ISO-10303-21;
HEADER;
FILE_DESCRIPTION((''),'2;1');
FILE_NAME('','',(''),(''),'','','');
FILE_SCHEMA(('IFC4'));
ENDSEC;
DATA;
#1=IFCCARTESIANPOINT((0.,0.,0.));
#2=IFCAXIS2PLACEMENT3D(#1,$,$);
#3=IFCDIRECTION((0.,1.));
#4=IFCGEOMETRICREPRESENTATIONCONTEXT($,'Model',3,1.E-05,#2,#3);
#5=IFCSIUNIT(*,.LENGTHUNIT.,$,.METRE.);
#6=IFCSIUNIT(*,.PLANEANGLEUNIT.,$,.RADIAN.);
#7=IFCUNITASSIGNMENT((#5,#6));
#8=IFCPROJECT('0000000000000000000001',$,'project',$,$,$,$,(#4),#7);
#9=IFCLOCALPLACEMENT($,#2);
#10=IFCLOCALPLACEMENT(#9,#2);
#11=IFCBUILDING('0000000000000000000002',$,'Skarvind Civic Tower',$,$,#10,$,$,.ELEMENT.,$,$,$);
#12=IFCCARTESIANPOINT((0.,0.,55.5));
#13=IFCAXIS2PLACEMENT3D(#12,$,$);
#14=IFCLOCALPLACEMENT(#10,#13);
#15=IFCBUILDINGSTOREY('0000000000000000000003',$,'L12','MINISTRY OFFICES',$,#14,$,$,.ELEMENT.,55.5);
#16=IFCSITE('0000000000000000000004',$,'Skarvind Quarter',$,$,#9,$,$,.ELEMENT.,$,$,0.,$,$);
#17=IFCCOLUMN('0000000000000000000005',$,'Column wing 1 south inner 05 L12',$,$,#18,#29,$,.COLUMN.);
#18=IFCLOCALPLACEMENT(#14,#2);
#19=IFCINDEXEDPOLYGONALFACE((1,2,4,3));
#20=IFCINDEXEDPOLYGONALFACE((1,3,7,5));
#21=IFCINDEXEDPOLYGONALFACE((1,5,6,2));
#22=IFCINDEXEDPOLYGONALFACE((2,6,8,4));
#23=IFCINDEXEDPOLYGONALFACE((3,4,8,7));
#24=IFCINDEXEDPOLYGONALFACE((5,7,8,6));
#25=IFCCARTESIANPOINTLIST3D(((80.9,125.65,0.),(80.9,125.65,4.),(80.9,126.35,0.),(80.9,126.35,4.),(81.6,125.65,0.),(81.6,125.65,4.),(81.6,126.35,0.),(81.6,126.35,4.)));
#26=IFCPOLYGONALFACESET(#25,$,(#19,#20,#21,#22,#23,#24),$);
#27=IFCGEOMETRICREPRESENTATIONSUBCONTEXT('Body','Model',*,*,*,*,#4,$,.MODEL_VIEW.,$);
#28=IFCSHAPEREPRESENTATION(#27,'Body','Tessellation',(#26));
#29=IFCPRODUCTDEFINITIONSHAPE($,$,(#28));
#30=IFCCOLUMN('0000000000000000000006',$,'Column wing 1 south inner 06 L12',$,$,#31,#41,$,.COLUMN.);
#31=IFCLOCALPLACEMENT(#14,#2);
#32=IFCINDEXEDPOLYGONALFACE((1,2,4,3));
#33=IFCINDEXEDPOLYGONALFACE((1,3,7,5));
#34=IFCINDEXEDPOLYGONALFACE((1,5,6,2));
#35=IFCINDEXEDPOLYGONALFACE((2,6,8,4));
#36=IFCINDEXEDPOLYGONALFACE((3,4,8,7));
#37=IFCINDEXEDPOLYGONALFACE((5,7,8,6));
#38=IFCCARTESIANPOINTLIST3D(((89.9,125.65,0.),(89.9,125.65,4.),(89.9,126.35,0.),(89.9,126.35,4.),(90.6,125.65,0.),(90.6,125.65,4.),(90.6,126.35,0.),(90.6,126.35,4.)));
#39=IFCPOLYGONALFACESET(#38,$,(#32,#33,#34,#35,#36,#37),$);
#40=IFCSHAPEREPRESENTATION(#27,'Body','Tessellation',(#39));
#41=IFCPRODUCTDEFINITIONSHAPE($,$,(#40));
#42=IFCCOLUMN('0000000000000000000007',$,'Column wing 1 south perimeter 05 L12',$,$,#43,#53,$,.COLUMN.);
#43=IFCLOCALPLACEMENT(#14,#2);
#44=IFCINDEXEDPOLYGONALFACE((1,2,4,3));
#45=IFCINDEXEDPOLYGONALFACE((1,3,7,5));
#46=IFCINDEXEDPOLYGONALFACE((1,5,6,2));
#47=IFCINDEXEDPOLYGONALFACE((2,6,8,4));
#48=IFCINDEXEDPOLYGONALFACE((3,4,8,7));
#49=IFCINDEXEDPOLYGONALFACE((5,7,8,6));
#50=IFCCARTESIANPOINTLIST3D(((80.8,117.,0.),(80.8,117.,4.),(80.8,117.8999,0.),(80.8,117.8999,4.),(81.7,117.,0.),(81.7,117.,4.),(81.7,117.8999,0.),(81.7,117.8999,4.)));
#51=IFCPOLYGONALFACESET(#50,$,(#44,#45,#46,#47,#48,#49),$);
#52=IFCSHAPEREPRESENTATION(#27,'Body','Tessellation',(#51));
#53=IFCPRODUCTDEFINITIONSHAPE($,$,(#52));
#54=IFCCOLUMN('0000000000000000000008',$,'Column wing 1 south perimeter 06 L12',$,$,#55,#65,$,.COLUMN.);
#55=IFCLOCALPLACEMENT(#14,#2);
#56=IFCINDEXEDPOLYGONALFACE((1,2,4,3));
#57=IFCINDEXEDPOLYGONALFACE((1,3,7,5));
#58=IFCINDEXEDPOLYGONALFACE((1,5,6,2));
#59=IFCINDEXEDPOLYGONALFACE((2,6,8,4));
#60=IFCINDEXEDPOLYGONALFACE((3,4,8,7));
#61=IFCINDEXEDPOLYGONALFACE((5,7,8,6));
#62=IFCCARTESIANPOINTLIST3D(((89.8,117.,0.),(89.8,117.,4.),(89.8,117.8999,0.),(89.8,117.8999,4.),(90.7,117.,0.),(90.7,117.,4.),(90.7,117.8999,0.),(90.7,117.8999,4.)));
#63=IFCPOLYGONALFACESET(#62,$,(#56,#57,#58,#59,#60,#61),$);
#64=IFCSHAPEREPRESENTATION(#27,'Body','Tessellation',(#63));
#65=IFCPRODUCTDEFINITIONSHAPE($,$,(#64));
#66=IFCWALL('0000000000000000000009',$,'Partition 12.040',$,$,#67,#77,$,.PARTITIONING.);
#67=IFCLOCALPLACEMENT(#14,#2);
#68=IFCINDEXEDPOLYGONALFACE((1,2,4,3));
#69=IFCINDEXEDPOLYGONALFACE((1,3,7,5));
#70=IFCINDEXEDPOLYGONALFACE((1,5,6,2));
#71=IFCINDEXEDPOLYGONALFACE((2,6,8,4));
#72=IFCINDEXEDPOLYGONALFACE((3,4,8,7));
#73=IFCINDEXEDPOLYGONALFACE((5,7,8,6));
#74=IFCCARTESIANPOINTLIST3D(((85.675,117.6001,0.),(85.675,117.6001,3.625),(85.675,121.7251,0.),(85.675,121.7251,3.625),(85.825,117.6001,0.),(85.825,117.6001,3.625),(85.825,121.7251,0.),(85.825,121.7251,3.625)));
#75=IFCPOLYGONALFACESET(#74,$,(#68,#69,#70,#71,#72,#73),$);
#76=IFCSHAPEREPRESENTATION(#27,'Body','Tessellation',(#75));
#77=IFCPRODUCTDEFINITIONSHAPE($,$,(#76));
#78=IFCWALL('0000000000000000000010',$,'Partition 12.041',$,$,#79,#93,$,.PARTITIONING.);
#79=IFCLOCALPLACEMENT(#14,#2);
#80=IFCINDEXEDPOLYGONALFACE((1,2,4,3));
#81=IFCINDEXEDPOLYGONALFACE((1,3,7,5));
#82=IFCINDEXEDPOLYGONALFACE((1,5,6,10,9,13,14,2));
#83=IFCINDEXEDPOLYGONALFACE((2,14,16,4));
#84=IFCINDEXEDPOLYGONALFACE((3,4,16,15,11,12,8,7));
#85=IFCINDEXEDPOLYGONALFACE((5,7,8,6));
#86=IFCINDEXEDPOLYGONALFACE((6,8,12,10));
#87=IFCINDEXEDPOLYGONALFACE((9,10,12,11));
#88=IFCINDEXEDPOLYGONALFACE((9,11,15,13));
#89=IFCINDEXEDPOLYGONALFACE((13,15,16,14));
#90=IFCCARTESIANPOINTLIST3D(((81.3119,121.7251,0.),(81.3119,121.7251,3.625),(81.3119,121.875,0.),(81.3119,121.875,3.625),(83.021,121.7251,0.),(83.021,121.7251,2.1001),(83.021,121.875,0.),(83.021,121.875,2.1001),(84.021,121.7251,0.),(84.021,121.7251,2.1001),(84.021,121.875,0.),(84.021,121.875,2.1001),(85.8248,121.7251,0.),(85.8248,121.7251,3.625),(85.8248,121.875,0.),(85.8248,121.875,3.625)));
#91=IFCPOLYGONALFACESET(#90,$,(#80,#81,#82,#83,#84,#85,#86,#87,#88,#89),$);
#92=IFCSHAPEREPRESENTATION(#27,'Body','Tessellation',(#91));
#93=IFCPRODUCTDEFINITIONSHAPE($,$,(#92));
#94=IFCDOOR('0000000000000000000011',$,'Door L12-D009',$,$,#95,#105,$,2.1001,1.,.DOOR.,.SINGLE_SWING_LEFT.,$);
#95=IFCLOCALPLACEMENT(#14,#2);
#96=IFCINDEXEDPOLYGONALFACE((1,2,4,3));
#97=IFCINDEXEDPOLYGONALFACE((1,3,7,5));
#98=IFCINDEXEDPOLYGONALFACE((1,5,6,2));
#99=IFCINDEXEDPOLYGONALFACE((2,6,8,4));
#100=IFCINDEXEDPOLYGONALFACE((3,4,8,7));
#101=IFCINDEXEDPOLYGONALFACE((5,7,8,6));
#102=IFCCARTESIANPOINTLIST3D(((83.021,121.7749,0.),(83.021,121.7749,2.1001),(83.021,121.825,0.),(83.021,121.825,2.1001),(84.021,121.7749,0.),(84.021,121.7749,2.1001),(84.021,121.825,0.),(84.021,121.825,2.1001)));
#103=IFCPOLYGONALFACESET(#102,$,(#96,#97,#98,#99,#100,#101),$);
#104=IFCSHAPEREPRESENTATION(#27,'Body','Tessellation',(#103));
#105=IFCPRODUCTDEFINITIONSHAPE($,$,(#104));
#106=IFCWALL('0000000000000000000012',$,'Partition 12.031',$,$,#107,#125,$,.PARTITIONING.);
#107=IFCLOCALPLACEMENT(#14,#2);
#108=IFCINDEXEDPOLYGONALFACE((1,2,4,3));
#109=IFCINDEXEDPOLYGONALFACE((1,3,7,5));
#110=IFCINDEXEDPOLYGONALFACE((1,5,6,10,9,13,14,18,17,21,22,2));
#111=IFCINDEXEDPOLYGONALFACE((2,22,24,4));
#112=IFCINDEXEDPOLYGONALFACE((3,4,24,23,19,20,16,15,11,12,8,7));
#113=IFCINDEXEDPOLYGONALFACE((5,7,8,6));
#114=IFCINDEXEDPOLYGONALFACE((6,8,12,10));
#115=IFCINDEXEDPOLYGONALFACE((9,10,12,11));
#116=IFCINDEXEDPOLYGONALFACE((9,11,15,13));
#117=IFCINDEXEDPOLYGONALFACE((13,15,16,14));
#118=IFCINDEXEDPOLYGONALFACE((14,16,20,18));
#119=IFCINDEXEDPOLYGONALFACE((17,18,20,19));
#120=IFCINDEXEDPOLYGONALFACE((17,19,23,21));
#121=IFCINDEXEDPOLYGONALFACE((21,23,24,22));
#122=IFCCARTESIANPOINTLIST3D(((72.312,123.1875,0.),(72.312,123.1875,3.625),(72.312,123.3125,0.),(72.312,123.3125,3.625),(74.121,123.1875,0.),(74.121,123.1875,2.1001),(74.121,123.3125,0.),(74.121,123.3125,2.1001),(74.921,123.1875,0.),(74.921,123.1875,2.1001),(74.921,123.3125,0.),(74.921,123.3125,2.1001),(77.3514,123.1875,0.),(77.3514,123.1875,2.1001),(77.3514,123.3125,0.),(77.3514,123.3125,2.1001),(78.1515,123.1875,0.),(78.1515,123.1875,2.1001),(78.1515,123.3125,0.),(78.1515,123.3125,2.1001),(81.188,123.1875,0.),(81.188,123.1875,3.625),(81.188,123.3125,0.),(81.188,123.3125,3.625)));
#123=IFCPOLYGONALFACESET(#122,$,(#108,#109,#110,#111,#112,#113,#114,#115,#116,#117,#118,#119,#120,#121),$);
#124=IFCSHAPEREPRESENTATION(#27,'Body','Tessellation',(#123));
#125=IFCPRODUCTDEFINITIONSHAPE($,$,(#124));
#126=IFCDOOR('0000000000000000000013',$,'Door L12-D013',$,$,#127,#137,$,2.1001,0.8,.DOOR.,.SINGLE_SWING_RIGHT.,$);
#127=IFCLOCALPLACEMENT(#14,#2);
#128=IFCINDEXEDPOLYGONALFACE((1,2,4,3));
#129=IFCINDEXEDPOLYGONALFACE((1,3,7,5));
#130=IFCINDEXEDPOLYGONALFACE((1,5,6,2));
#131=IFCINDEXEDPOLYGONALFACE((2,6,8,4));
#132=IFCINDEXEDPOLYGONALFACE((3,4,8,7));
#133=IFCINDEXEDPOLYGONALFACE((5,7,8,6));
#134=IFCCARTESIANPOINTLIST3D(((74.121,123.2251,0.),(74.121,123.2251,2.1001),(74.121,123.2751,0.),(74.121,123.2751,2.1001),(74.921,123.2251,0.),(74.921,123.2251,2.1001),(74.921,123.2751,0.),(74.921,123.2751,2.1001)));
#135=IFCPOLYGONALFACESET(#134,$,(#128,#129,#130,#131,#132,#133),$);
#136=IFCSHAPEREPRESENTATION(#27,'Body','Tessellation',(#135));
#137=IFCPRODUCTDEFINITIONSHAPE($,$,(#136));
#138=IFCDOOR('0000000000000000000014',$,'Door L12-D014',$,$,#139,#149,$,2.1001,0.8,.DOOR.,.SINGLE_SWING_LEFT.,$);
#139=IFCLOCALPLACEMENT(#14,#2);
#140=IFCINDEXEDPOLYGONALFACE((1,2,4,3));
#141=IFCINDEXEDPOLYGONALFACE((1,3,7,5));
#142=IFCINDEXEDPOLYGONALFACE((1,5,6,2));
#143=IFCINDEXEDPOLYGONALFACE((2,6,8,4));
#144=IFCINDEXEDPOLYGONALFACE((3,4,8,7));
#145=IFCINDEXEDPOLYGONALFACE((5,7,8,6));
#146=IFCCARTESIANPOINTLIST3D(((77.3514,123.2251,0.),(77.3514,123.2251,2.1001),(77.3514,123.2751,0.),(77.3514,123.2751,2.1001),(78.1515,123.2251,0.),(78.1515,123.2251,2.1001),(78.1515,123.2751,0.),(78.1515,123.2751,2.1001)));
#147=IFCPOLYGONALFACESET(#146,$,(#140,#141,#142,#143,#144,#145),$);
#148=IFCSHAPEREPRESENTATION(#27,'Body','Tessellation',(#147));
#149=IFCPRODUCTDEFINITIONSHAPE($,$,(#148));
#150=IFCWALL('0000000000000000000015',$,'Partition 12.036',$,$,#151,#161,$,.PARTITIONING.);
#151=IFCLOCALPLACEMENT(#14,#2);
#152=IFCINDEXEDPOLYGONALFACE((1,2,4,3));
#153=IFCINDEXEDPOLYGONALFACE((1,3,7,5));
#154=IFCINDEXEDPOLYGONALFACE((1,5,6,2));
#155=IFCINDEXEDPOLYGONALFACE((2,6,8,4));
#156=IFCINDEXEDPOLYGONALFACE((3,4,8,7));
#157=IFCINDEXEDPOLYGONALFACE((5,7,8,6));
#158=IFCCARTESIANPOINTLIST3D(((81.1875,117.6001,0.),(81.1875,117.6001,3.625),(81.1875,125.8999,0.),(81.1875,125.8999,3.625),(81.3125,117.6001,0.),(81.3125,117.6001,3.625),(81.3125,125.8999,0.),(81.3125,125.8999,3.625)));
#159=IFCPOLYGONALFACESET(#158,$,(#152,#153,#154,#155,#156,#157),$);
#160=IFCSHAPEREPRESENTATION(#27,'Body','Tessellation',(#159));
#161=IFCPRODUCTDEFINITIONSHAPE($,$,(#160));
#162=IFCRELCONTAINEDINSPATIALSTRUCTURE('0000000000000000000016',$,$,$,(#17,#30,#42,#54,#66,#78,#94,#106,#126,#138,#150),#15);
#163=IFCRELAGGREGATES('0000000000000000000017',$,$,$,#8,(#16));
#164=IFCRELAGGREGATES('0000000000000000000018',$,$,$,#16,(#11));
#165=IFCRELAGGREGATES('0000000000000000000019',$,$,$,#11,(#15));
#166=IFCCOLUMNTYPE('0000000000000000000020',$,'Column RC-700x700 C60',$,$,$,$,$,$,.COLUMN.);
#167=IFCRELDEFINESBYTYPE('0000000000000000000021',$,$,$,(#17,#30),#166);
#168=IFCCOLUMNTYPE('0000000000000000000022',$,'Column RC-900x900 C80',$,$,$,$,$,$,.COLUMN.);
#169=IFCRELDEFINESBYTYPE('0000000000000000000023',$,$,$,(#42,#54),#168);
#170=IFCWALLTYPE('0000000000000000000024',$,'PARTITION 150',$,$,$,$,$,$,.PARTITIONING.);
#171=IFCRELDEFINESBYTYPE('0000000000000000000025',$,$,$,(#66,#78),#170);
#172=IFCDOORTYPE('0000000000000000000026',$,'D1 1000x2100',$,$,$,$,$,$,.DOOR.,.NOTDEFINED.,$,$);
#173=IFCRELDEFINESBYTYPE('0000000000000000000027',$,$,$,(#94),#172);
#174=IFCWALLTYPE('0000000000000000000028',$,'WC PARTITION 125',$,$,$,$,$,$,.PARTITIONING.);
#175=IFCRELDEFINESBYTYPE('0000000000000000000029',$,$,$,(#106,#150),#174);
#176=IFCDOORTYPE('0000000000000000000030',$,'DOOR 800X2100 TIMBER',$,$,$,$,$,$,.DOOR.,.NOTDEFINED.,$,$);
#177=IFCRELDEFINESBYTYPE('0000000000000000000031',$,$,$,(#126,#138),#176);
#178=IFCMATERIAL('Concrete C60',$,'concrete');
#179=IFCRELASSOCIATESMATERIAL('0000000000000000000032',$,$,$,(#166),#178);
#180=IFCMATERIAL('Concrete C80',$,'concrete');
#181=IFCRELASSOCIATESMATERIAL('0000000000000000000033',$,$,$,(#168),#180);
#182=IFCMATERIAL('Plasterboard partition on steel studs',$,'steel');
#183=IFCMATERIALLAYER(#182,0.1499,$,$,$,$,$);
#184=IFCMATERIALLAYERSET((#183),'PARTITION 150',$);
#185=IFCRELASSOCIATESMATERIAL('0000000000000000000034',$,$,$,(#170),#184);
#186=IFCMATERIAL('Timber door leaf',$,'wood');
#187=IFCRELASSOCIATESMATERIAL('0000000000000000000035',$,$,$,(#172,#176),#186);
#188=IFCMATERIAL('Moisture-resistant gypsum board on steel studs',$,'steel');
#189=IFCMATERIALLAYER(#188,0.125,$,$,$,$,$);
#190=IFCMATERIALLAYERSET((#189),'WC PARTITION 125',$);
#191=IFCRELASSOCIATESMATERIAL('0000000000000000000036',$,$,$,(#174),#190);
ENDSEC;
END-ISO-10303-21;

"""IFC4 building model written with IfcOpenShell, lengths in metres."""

from ifc_helpers import new_model, si_unit, direction, frame, frame_2d, origin, origin_2d, place, context, subcontext, project, spatial, rectangle, extrude, material, layer, layer_set, material_profile, profile_set, type_object, element, fill, save


model = new_model("IFC4")

# Units and contexts
model_context = context("Model", 3, precision=1e-05, world=origin(), true_north=direction((0.0, 1.0)))
body_context = subcontext(model_context, "Body", "Model", "MODEL_VIEW")
ifc_project = project(units=[si_unit("LENGTHUNIT", "METRE"), si_unit("PLANEANGLEUNIT", "RADIAN")], contexts=[model_context])

# Site, building, storey
site_placement = place(None, origin())
site = spatial("IfcSite", under=ifc_project, at=site_placement, Name="Skarvind Quarter", CompositionType="ELEMENT", RefElevation=0.0)
building_placement = place(site_placement, origin())
building = spatial("IfcBuilding", under=site, at=building_placement, Name="Skarvind Civic Tower", CompositionType="ELEMENT")
storey_placement = place(building_placement, frame((0.0, 0.0, 55.5)))
storey = spatial("IfcBuildingStorey", under=building, at=storey_placement, Name="L12", Description="MINISTRY OFFICES", CompositionType="ELEMENT", Elevation=55.5)

# Columns
ifc_material_1 = material(Name="Concrete C60", Category="concrete")
ifc_material_profile_1 = material_profile(ifc_material_1, rectangle(XDim=0.7, YDim=0.7, at=origin_2d()), Name="RC-700x700")
ifc_profile_set_1 = profile_set([ifc_material_profile_1], Name="Concrete C60")
column_type_1 = type_object("IfcColumnType", Name="Column RC-700x700 C60", PredefinedType="COLUMN", material=ifc_profile_set_1)
for number, where, z_axis, x_axis, name in (
    (1, (81.25, 126.0, 0.0), (0.0, 0.0, 1.0), (1.0, 0.0, 0.0), "Column wing 1 south inner 05 L12"),
    (2, (90.25, 126.0, 0.0), (0.0, 0.0, 1.0), (1.0, 0.0, 0.0), "Column wing 1 south inner 06 L12"),
):
    element("IfcColumn", number, at=place(storey_placement, frame(where, z_axis=z_axis, x_axis=x_axis)), inside=storey, type_object=column_type_1, Name=name, PredefinedType="COLUMN", context=body_context, shape_type="SweptSolid", body=[
        extrude(rectangle(XDim=0.7, YDim=0.7, at=origin_2d()), origin(), (0.0, 0.0, 1.0), 4.0),
    ])
ifc_material_2 = material(Name="Concrete C80", Category="concrete")
ifc_material_profile_2 = material_profile(ifc_material_2, rectangle(XDim=0.8999, YDim=0.8999, at=origin_2d()), Name="RC-900x900")
ifc_profile_set_2 = profile_set([ifc_material_profile_2], Name="Concrete C80")
column_type_2 = type_object("IfcColumnType", Name="Column RC-900x900 C80", PredefinedType="COLUMN", material=ifc_profile_set_2)
for number, where, z_axis, x_axis, name in (
    (3, (81.25, 117.45, 0.0), (0.0, 0.0, 1.0), (1.0, 0.0, 0.0), "Column wing 1 south perimeter 05 L12"),
    (4, (90.25, 117.45, 0.0), (0.0, 0.0, 1.0), (1.0, 0.0, 0.0), "Column wing 1 south perimeter 06 L12"),
):
    element("IfcColumn", number, at=place(storey_placement, frame(where, z_axis=z_axis, x_axis=x_axis)), inside=storey, type_object=column_type_2, Name=name, PredefinedType="COLUMN", context=body_context, shape_type="SweptSolid", body=[
        extrude(rectangle(XDim=0.8999, YDim=0.8999, at=origin_2d()), origin(), (0.0, 0.0, 1.0), 4.0),
    ])

# Wall
ifc_material_3 = material(Name="Plasterboard partition on steel studs", Category="steel")
ifc_layer_1 = layer(ifc_material_3, 0.1499)
ifc_layer_set_1 = layer_set([ifc_layer_1], Name="PARTITION 150")
wall_type_1 = type_object("IfcWallType", Name="PARTITION 150", PredefinedType="PARTITIONING", material=ifc_layer_set_1)
wall_1_placement = place(storey_placement, frame((85.75, 117.6001, 0.0), z_axis=(0.0, 0.0, 1.0), x_axis=(0.0, 1.0, 0.0)))
element("IfcWall", 5, at=wall_1_placement, inside=storey, type_object=wall_type_1, Name="Partition 12.040", PredefinedType="PARTITIONING", context=body_context, shape_type="SweptSolid", body=[
    extrude(rectangle(XDim=4.125, YDim=0.1499, at=frame_2d((2.0625, 0.0))), origin(), (0.0, 0.0, 1.0), 3.625),
])

# Wall, opening, door
wall_2_placement = place(storey_placement, frame((81.312, 121.8, 0.0), z_axis=(0.0, 0.0, 1.0), x_axis=(1.0, 0.0, 0.0)))
wall_2 = element("IfcWall", 6, at=wall_2_placement, inside=storey, type_object=wall_type_1, Name="Partition 12.041", PredefinedType="PARTITIONING", context=body_context, shape_type="SweptSolid", body=[
    extrude(rectangle(XDim=4.5129, YDim=0.1499, at=frame_2d((2.2563, 0.0))), origin(), (0.0, 0.0, 1.0), 3.625),
])
opening_1_placement = place(wall_2_placement, frame((1.709, 0.0, 0.0)))
opening_1 = element("IfcOpeningElement", 7, at=opening_1_placement, cuts=wall_2, PredefinedType="OPENING", context=body_context, shape_type="SweptSolid", body=[
    extrude(rectangle(XDim=1.0, YDim=2.1001, at=frame_2d((0.5, 1.05))), frame((0.0, 0.085, 0.0), z_axis=(0.0, -1.0, 0.0), x_axis=(1.0, 0.0, 0.0)), (0.0, 0.0, 1.0), 0.1699),
])
ifc_material_4 = material(Name="Timber door leaf", Category="wood")
door_type_1 = type_object("IfcDoorType", Name="D1 1000x2100", OperationType="NOTDEFINED", PredefinedType="DOOR", material=ifc_material_4)
door_1_placement = place(opening_1_placement, origin())
door_1 = element("IfcDoor", 8, at=door_1_placement, inside=storey, type_object=door_type_1, Name="Door L12-D009", OperationType="SINGLE_SWING_LEFT", OverallHeight=2.1001, OverallWidth=1.0, PredefinedType="DOOR", context=body_context, shape_type="SweptSolid", body=[
    extrude(rectangle(XDim=1.0, YDim=2.1001, at=frame_2d((0.5, 1.05))), frame((0.0, 0.0249, 0.0), z_axis=(0.0, -1.0, 0.0), x_axis=(1.0, 0.0, 0.0)), (0.0, 0.0, 1.0), 0.05),
])
fill(opening_1, door_1)

# Wall, openings, doors
ifc_material_5 = material(Name="Moisture-resistant gypsum board on steel studs", Category="steel")
ifc_layer_2 = layer(ifc_material_5, 0.125)
ifc_layer_set_2 = layer_set([ifc_layer_2], Name="WC PARTITION 125")
wall_type_2 = type_object("IfcWallType", Name="WC PARTITION 125", PredefinedType="PARTITIONING", material=ifc_layer_set_2)
wall_3_placement = place(storey_placement, frame((81.188, 123.25, 0.0), z_axis=(0.0, 0.0, 1.0), x_axis=(-1.0, 0.0, 0.0)))
wall_3 = element("IfcWall", 9, at=wall_3_placement, inside=storey, type_object=wall_type_2, Name="Partition 12.031", PredefinedType="PARTITIONING", context=body_context, shape_type="SweptSolid", body=[
    extrude(rectangle(XDim=8.876, YDim=0.125, at=frame_2d((4.438, 0.0))), origin(), (0.0, 0.0, 1.0), 3.625),
])
opening_2_placement = place(wall_3_placement, frame((6.2671, 0.0, 0.0)))
opening_2 = element("IfcOpeningElement", 10, at=opening_2_placement, cuts=wall_3, PredefinedType="OPENING", context=body_context, shape_type="SweptSolid", body=[
    extrude(rectangle(XDim=0.8, YDim=2.1001, at=frame_2d((0.3999, 1.05))), frame((0.0, 0.0725, 0.0), z_axis=(0.0, -1.0, 0.0), x_axis=(1.0, 0.0, 0.0)), (0.0, 0.0, 1.0), 0.145),
])
opening_3_placement = place(wall_3_placement, frame((3.0366, 0.0, 0.0)))
opening_3 = element("IfcOpeningElement", 11, at=opening_3_placement, cuts=wall_3, PredefinedType="OPENING", context=body_context, shape_type="SweptSolid", body=[
    extrude(rectangle(XDim=0.8, YDim=2.1001, at=frame_2d((0.3999, 1.05))), frame((0.0, 0.0725, 0.0), z_axis=(0.0, -1.0, 0.0), x_axis=(1.0, 0.0, 0.0)), (0.0, 0.0, 1.0), 0.145),
])
door_type_2 = type_object("IfcDoorType", Name="DOOR 800X2100 TIMBER", OperationType="NOTDEFINED", PredefinedType="DOOR", material=ifc_material_4)
door_2_placement = place(opening_2_placement, origin())
door_2 = element("IfcDoor", 12, at=door_2_placement, inside=storey, type_object=door_type_2, Name="Door L12-D013", OperationType="SINGLE_SWING_RIGHT", OverallHeight=2.1001, OverallWidth=0.8, PredefinedType="DOOR", context=body_context, shape_type="SweptSolid", body=[
    extrude(rectangle(XDim=0.8, YDim=2.1001, at=frame_2d((0.3999, 1.05))), frame((0.0, 0.0249, 0.0), z_axis=(0.0, -1.0, 0.0), x_axis=(1.0, 0.0, 0.0)), (0.0, 0.0, 1.0), 0.05),
])
fill(opening_2, door_2)
door_3_placement = place(opening_3_placement, origin())
door_3 = element("IfcDoor", 13, at=door_3_placement, inside=storey, type_object=door_type_2, Name="Door L12-D014", OperationType="SINGLE_SWING_LEFT", OverallHeight=2.1001, OverallWidth=0.8, PredefinedType="DOOR", context=body_context, shape_type="SweptSolid", body=[
    extrude(rectangle(XDim=0.8, YDim=2.1001, at=frame_2d((0.3999, 1.05))), frame((0.0, 0.0249, 0.0), z_axis=(0.0, -1.0, 0.0), x_axis=(1.0, 0.0, 0.0)), (0.0, 0.0, 1.0), 0.05),
])
fill(opening_3, door_3)

# Wall
wall_4_placement = place(storey_placement, frame((81.25, 117.6001, 0.0), z_axis=(0.0, 0.0, 1.0), x_axis=(0.0, 1.0, 0.0)))
element("IfcWall", 14, at=wall_4_placement, inside=storey, type_object=wall_type_2, Name="Partition 12.036", PredefinedType="PARTITIONING", context=body_context, shape_type="SweptSolid", body=[
    extrude(rectangle(XDim=8.2998, YDim=0.125, at=frame_2d((4.1499, 0.0))), origin(), (0.0, 0.0, 1.0), 3.625),
])

save(model, "model.ifc")
